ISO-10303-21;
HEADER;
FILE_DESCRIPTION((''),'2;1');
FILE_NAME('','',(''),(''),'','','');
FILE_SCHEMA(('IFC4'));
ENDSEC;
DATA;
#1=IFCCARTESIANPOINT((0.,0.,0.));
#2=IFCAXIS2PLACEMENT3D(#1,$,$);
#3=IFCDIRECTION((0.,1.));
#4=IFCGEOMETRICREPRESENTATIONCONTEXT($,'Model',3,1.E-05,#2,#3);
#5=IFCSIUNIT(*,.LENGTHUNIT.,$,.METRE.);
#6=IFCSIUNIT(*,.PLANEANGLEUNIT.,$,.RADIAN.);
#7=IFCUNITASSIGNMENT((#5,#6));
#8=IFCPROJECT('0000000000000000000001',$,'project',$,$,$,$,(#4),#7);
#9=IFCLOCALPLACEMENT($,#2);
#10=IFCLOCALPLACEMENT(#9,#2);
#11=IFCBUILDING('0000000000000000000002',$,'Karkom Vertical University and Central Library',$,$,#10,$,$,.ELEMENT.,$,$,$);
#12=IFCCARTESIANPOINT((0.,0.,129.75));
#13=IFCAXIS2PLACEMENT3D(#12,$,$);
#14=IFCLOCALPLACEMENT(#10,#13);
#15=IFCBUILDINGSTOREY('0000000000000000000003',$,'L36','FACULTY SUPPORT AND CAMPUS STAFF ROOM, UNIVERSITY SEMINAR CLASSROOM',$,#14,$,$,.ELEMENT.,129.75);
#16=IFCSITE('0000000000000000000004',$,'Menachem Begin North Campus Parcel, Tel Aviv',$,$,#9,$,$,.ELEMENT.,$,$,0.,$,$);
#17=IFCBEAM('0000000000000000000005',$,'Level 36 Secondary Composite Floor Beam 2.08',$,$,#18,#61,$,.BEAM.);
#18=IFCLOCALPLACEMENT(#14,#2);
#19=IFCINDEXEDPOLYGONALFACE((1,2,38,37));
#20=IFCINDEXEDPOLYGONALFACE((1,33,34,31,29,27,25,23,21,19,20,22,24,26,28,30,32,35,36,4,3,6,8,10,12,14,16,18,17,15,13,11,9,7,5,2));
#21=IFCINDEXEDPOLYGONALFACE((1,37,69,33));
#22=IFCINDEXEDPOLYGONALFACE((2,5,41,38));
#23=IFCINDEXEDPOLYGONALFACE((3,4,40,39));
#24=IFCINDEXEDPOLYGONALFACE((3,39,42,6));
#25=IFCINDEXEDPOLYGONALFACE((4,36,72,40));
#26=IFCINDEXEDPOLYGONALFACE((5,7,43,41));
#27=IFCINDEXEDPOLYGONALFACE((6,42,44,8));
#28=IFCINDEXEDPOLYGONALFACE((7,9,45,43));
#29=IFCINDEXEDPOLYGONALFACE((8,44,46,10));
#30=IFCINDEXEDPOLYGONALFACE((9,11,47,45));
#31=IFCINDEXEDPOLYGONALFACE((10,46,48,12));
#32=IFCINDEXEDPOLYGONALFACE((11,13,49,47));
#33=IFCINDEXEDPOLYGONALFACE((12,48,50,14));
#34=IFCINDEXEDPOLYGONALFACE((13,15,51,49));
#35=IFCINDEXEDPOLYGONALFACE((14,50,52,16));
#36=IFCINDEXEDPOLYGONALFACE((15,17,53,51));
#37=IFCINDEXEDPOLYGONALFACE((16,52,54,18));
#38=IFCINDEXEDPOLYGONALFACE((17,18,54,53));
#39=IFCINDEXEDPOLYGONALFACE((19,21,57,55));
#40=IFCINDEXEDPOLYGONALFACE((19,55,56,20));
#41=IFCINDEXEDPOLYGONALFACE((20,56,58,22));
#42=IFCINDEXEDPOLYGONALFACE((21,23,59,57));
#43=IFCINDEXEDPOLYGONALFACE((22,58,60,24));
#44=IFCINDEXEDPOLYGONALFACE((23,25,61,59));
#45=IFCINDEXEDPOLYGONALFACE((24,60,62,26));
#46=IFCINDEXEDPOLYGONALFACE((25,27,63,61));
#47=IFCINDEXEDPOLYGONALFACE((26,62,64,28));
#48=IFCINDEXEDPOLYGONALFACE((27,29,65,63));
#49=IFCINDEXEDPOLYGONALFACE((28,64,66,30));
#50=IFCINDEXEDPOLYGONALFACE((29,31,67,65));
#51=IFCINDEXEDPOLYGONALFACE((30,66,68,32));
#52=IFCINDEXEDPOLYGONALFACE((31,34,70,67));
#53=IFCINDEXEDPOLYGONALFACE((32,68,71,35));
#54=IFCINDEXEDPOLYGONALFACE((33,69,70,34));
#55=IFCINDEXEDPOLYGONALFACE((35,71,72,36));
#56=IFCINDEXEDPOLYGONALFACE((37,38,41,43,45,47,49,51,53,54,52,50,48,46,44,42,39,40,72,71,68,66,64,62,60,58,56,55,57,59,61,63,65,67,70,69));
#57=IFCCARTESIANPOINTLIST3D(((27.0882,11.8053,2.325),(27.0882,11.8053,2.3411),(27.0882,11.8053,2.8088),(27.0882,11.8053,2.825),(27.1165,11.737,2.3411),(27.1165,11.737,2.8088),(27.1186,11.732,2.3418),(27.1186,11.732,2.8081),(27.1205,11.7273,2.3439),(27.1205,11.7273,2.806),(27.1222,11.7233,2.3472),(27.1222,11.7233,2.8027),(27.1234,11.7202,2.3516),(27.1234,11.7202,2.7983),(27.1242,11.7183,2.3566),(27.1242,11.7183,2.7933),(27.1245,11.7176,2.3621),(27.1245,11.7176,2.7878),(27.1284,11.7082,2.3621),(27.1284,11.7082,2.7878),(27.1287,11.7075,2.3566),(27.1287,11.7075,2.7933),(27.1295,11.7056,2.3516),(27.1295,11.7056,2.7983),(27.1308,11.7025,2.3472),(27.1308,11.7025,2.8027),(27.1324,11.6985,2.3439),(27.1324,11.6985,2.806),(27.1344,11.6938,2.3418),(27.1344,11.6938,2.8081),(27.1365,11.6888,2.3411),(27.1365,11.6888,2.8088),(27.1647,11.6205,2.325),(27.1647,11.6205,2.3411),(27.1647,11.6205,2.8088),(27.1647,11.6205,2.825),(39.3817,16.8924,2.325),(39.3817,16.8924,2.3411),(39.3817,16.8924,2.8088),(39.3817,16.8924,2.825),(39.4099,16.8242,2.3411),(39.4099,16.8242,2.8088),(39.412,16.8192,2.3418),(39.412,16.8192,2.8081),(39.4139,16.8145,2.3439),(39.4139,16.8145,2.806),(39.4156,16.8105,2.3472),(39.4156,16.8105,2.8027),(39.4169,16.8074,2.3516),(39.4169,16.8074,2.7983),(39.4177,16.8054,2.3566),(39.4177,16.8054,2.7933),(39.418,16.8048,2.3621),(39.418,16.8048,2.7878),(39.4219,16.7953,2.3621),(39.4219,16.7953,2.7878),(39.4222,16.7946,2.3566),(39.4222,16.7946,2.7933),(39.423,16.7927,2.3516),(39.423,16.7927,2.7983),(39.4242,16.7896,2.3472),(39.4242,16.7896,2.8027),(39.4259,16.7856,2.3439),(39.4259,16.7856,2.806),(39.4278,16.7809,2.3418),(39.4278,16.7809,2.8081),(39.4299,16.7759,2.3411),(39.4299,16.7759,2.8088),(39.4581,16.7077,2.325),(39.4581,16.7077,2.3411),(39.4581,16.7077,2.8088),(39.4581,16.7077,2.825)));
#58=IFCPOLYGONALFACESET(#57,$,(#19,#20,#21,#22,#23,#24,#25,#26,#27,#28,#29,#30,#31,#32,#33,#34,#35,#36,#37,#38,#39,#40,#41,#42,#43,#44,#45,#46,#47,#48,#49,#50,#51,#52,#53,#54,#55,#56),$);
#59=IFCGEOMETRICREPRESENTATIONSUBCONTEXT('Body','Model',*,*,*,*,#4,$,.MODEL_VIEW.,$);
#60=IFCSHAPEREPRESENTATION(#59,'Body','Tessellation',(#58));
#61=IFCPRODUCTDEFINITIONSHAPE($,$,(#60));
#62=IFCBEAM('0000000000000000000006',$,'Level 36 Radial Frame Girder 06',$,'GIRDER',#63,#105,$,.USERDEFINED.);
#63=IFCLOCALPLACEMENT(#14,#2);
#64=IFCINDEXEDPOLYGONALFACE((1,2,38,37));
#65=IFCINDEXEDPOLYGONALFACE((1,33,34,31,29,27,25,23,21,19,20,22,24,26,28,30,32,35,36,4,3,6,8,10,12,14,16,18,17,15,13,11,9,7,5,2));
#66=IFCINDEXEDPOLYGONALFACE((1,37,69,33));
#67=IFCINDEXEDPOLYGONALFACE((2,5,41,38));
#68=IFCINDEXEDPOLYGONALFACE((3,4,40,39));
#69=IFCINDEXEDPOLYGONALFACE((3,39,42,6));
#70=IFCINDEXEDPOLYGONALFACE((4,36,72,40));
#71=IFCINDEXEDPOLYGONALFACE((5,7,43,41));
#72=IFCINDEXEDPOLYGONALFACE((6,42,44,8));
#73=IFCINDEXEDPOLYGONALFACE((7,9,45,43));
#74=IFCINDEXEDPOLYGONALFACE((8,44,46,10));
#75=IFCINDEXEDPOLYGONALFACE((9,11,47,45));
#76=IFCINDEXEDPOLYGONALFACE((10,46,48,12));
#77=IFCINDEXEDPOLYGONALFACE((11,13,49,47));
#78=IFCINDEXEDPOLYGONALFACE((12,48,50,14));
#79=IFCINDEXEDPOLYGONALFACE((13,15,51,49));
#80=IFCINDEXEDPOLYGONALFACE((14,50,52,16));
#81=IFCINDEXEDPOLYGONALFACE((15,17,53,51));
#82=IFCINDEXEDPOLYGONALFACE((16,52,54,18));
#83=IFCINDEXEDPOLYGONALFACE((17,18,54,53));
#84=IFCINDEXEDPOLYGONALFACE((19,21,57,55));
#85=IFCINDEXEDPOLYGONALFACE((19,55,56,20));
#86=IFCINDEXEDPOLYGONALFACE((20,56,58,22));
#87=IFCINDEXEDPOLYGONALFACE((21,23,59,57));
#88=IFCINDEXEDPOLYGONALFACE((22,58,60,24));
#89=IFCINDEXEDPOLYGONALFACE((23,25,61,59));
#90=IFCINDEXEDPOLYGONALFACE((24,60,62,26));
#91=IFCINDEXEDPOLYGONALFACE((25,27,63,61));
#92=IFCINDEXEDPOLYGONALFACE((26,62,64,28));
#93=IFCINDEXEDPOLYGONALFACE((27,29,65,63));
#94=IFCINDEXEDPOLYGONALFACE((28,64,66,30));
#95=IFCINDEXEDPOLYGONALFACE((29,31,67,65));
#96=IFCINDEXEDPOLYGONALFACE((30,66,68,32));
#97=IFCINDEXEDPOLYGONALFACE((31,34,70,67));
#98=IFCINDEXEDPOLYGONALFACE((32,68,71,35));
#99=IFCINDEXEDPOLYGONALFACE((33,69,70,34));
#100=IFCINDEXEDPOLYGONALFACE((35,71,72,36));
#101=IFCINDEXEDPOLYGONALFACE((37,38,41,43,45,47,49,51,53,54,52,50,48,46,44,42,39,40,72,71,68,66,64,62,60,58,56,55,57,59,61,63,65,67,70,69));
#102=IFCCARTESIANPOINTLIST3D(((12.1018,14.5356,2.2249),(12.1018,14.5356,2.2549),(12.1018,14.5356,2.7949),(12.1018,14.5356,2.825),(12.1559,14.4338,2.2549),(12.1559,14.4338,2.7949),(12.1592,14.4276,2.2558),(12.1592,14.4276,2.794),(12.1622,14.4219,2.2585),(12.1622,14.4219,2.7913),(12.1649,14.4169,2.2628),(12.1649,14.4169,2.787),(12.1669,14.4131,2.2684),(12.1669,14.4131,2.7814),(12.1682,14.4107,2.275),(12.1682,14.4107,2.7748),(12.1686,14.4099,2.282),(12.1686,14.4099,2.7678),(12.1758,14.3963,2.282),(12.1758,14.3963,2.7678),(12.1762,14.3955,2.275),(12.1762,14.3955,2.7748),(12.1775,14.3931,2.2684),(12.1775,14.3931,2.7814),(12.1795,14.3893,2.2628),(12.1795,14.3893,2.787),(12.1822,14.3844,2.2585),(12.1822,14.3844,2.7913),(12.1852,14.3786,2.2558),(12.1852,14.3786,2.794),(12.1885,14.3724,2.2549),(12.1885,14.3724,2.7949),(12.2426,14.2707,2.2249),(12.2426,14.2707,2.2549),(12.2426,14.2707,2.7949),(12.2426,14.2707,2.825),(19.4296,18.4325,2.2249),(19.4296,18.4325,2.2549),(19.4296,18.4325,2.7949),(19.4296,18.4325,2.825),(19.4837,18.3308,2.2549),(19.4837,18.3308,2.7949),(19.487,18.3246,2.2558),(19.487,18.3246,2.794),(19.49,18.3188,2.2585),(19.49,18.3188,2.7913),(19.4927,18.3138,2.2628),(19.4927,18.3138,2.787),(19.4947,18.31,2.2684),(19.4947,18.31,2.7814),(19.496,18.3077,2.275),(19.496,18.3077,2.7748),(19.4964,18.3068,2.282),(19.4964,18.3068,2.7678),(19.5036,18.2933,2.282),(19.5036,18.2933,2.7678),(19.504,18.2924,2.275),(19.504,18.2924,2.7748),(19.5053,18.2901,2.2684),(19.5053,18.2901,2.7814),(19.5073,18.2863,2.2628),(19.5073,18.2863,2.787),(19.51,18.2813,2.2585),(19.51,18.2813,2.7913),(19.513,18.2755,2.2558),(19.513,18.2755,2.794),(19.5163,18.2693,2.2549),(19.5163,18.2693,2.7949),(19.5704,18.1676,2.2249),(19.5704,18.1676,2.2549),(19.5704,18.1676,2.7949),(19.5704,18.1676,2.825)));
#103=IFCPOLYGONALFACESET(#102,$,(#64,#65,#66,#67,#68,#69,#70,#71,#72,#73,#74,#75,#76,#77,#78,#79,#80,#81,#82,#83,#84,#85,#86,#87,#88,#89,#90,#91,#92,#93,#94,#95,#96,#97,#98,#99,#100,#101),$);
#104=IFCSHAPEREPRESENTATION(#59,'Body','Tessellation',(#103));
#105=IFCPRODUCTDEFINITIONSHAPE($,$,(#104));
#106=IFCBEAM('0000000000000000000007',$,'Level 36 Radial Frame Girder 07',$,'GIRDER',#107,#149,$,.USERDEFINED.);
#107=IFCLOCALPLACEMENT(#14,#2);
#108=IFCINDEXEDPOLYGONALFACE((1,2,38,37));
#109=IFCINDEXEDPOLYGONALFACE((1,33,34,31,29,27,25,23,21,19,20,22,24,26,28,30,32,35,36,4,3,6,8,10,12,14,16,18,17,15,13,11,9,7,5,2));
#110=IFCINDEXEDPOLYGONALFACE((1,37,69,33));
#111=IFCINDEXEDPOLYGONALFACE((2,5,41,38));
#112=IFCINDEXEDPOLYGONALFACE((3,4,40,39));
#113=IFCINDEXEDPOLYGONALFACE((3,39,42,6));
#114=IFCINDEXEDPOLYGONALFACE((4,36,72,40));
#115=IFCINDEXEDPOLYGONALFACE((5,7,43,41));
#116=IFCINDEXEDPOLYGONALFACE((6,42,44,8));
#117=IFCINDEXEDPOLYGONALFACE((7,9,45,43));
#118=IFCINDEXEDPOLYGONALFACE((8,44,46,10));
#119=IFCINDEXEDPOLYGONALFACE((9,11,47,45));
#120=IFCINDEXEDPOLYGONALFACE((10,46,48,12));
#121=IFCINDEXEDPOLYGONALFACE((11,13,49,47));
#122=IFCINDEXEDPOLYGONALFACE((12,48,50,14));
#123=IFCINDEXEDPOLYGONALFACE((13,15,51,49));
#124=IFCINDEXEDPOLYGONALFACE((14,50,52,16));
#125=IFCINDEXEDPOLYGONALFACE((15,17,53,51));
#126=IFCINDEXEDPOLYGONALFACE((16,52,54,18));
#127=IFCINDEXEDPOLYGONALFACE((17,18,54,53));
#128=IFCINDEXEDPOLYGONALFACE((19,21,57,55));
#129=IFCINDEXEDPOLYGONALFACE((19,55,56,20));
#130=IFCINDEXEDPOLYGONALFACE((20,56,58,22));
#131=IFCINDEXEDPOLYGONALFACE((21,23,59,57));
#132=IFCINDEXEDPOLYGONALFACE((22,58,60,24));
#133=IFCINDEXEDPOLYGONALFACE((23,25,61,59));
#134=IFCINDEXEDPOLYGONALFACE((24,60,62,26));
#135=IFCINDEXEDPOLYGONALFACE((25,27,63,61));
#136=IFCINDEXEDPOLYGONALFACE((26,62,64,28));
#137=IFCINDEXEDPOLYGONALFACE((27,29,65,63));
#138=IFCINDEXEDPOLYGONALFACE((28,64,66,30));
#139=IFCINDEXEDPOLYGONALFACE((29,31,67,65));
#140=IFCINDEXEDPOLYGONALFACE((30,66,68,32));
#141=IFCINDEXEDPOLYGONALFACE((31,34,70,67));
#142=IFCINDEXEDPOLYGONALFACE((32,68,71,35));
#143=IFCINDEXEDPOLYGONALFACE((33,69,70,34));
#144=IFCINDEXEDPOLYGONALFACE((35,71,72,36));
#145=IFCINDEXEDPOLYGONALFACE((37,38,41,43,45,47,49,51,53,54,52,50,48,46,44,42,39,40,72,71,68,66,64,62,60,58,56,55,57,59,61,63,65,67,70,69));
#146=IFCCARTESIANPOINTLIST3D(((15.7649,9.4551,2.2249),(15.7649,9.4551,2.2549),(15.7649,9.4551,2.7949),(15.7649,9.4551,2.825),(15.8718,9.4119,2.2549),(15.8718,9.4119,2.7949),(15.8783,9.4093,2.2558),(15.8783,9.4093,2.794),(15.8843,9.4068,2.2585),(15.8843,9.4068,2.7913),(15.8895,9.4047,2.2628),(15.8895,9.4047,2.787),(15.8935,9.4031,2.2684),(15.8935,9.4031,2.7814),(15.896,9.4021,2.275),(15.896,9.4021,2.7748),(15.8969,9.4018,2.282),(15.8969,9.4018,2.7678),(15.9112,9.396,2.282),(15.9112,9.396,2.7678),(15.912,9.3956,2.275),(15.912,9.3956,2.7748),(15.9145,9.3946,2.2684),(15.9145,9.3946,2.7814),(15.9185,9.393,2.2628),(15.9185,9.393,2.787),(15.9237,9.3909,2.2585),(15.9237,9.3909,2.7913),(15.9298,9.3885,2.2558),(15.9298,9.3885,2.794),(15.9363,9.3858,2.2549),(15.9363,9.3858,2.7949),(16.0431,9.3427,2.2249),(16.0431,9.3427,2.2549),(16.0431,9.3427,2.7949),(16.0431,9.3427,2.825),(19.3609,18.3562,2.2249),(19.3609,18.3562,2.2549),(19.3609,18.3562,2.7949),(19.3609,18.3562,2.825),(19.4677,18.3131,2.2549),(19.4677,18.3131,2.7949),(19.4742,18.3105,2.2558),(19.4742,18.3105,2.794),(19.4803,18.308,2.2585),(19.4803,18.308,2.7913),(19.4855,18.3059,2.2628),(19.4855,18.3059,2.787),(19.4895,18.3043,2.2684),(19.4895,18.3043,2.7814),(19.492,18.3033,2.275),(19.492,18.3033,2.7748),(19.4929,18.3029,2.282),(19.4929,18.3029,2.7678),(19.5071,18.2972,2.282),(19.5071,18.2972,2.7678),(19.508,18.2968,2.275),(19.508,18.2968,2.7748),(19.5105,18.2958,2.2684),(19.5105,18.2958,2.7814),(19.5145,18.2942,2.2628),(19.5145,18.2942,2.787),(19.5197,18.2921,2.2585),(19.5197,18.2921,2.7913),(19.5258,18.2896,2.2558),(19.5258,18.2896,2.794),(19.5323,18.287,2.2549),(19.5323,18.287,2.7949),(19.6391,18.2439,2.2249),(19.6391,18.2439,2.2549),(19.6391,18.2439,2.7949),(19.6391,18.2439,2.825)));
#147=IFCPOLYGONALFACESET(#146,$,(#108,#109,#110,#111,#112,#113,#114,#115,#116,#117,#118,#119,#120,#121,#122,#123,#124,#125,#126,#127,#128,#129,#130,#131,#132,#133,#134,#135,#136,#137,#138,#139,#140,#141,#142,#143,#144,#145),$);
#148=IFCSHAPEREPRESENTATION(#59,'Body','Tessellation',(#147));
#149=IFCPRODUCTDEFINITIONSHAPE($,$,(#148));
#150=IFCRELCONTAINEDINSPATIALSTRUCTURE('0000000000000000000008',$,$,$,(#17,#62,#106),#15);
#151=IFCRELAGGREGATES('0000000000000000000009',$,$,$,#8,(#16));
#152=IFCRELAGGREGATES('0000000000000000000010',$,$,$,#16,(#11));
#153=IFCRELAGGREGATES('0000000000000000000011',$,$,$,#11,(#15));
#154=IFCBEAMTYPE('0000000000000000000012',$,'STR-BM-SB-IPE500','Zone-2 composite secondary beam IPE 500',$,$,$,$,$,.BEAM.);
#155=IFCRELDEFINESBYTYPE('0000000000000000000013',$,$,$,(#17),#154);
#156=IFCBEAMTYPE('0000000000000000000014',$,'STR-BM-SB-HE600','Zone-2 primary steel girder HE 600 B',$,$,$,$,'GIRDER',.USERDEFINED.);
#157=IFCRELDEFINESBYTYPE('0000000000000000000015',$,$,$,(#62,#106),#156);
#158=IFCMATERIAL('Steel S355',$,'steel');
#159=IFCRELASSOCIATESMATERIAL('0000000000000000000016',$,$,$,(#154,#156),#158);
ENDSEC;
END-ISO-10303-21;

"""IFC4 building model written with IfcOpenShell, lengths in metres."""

from ifc_helpers import new_model, si_unit, direction, frame, origin, origin_with_axes, origin_2d, place, context, subcontext, project, spatial, i_section, extrude, source, transform, mapped, material, material_profile, profile_set, type_object, element, save


model = new_model("IFC4")

# Units and contexts
model_context = context("Model", 3, precision=1e-05, world=origin(), true_north=direction((0.0, 1.0)))
body_context = subcontext(model_context, "Body", "Model", "MODEL_VIEW")
ifc_project = project(units=[si_unit("LENGTHUNIT", "METRE"), si_unit("PLANEANGLEUNIT", "RADIAN")], contexts=[model_context])

# Site, building, storey
site_placement = place(None, origin())
site = spatial("IfcSite", under=ifc_project, at=site_placement, Name="Menachem Begin North Campus Parcel, Tel Aviv", CompositionType="ELEMENT", RefElevation=0.0)
building_placement = place(site_placement, origin())
building = spatial("IfcBuilding", under=site, at=building_placement, Name="Karkom Vertical University and Central Library", CompositionType="ELEMENT")
storey_placement = place(building_placement, frame((0.0, 0.0, 129.75)))
storey = spatial("IfcBuildingStorey", under=building, at=storey_placement, Name="L36", Description="FACULTY SUPPORT AND CAMPUS STAFF ROOM, UNIVERSITY SEMINAR CLASSROOM", CompositionType="ELEMENT", Elevation=129.75)

# Beams
ifc_material_1 = material(Name="Steel S355", Category="steel")
ifc_material_profile_1 = material_profile(ifc_material_1, i_section(OverallWidth=0.2, OverallDepth=0.5, WebThickness=0.0103, FlangeThickness=0.0161, FilletRadius=0.021, at=origin_2d()), Name="IPE 500")
ifc_profile_set_1 = profile_set([ifc_material_profile_1], Name="Steel S355")
beam_type_1 = type_object("IfcBeamType", Name="STR-BM-SB-IPE500", Description="Zone-2 composite secondary beam IPE 500", PredefinedType="BEAM", material=ifc_profile_set_1)
shared_shape_1 = source(origin_with_axes(), body_context, "Body", "SweptSolid", [
    extrude(i_section(OverallWidth=0.2, OverallDepth=0.5, WebThickness=0.0103, FlangeThickness=0.0161, FilletRadius=0.021, at=origin_2d()), origin(), (0.0, 0.0, 1.0), 13.3044),
])
beam_1_placement = place(storey_placement, frame((27.1265, 11.7129, 2.575), z_axis=(0.924011, 0.382365, 0.0), x_axis=(-0.382365, 0.924011, 0.0)))
element("IfcBeam", 1, at=beam_1_placement, inside=storey, type_object=beam_type_1, Name="Level 36 Secondary Composite Floor Beam 2.08", PredefinedType="BEAM", context=body_context, shape_type="MappedRepresentation", body=[
    mapped(shared_shape_1, transform((0.0, 0.0, 0.0), scale=1.0)),
])
ifc_material_profile_2 = material_profile(ifc_material_1, i_section(OverallWidth=0.3, OverallDepth=0.6001, WebThickness=0.0154, FlangeThickness=0.03, FilletRadius=0.0271, at=origin_2d()), Name="HE 600 B")
ifc_profile_set_2 = profile_set([ifc_material_profile_2], Name="Steel S355")
beam_type_2 = type_object("IfcBeamType", Name="STR-BM-SB-HE600", Description="Zone-2 primary steel girder HE 600 B", ElementType="GIRDER", PredefinedType="USERDEFINED", material=ifc_profile_set_2)
shared_shape_2 = source(origin_with_axes(), body_context, "Body", "SweptSolid", [
    extrude(i_section(OverallWidth=0.3, OverallDepth=0.6001, WebThickness=0.0154, FlangeThickness=0.03, FilletRadius=0.0271, at=origin_2d()), origin(), (0.0, 0.0, 1.0), 8.2996),
])
beam_2_placement = place(storey_placement, frame((19.5, 18.3, 2.5249), z_axis=(-0.882914, -0.469534, 0.0), x_axis=(0.469534, -0.882914, 0.0)))
element("IfcBeam", 2, at=beam_2_placement, inside=storey, type_object=beam_type_2, Name="Level 36 Radial Frame Girder 06", ObjectType="GIRDER", PredefinedType="USERDEFINED", context=body_context, shape_type="MappedRepresentation", body=[
    mapped(shared_shape_2, transform((0.0, 0.0, 0.0), scale=1.0)),
])
shared_shape_3 = source(origin_with_axes(), body_context, "Body", "SweptSolid", [
    extrude(i_section(OverallWidth=0.3, OverallDepth=0.6001, WebThickness=0.0154, FlangeThickness=0.03, FilletRadius=0.0271, at=origin_2d()), origin(), (0.0, 0.0, 1.0), 9.6001),
])
beam_3_placement = place(storey_placement, frame((19.5, 18.3, 2.5249), z_axis=(-0.374576, -0.927196, 0.0), x_axis=(0.927196, -0.374576, 0.0)))
element("IfcBeam", 3, at=beam_3_placement, inside=storey, type_object=beam_type_2, Name="Level 36 Radial Frame Girder 07", ObjectType="GIRDER", PredefinedType="USERDEFINED", context=body_context, shape_type="MappedRepresentation", body=[
    mapped(shared_shape_3, transform((0.0, 0.0, 0.0), scale=1.0)),
])

save(model, "model.ifc")
